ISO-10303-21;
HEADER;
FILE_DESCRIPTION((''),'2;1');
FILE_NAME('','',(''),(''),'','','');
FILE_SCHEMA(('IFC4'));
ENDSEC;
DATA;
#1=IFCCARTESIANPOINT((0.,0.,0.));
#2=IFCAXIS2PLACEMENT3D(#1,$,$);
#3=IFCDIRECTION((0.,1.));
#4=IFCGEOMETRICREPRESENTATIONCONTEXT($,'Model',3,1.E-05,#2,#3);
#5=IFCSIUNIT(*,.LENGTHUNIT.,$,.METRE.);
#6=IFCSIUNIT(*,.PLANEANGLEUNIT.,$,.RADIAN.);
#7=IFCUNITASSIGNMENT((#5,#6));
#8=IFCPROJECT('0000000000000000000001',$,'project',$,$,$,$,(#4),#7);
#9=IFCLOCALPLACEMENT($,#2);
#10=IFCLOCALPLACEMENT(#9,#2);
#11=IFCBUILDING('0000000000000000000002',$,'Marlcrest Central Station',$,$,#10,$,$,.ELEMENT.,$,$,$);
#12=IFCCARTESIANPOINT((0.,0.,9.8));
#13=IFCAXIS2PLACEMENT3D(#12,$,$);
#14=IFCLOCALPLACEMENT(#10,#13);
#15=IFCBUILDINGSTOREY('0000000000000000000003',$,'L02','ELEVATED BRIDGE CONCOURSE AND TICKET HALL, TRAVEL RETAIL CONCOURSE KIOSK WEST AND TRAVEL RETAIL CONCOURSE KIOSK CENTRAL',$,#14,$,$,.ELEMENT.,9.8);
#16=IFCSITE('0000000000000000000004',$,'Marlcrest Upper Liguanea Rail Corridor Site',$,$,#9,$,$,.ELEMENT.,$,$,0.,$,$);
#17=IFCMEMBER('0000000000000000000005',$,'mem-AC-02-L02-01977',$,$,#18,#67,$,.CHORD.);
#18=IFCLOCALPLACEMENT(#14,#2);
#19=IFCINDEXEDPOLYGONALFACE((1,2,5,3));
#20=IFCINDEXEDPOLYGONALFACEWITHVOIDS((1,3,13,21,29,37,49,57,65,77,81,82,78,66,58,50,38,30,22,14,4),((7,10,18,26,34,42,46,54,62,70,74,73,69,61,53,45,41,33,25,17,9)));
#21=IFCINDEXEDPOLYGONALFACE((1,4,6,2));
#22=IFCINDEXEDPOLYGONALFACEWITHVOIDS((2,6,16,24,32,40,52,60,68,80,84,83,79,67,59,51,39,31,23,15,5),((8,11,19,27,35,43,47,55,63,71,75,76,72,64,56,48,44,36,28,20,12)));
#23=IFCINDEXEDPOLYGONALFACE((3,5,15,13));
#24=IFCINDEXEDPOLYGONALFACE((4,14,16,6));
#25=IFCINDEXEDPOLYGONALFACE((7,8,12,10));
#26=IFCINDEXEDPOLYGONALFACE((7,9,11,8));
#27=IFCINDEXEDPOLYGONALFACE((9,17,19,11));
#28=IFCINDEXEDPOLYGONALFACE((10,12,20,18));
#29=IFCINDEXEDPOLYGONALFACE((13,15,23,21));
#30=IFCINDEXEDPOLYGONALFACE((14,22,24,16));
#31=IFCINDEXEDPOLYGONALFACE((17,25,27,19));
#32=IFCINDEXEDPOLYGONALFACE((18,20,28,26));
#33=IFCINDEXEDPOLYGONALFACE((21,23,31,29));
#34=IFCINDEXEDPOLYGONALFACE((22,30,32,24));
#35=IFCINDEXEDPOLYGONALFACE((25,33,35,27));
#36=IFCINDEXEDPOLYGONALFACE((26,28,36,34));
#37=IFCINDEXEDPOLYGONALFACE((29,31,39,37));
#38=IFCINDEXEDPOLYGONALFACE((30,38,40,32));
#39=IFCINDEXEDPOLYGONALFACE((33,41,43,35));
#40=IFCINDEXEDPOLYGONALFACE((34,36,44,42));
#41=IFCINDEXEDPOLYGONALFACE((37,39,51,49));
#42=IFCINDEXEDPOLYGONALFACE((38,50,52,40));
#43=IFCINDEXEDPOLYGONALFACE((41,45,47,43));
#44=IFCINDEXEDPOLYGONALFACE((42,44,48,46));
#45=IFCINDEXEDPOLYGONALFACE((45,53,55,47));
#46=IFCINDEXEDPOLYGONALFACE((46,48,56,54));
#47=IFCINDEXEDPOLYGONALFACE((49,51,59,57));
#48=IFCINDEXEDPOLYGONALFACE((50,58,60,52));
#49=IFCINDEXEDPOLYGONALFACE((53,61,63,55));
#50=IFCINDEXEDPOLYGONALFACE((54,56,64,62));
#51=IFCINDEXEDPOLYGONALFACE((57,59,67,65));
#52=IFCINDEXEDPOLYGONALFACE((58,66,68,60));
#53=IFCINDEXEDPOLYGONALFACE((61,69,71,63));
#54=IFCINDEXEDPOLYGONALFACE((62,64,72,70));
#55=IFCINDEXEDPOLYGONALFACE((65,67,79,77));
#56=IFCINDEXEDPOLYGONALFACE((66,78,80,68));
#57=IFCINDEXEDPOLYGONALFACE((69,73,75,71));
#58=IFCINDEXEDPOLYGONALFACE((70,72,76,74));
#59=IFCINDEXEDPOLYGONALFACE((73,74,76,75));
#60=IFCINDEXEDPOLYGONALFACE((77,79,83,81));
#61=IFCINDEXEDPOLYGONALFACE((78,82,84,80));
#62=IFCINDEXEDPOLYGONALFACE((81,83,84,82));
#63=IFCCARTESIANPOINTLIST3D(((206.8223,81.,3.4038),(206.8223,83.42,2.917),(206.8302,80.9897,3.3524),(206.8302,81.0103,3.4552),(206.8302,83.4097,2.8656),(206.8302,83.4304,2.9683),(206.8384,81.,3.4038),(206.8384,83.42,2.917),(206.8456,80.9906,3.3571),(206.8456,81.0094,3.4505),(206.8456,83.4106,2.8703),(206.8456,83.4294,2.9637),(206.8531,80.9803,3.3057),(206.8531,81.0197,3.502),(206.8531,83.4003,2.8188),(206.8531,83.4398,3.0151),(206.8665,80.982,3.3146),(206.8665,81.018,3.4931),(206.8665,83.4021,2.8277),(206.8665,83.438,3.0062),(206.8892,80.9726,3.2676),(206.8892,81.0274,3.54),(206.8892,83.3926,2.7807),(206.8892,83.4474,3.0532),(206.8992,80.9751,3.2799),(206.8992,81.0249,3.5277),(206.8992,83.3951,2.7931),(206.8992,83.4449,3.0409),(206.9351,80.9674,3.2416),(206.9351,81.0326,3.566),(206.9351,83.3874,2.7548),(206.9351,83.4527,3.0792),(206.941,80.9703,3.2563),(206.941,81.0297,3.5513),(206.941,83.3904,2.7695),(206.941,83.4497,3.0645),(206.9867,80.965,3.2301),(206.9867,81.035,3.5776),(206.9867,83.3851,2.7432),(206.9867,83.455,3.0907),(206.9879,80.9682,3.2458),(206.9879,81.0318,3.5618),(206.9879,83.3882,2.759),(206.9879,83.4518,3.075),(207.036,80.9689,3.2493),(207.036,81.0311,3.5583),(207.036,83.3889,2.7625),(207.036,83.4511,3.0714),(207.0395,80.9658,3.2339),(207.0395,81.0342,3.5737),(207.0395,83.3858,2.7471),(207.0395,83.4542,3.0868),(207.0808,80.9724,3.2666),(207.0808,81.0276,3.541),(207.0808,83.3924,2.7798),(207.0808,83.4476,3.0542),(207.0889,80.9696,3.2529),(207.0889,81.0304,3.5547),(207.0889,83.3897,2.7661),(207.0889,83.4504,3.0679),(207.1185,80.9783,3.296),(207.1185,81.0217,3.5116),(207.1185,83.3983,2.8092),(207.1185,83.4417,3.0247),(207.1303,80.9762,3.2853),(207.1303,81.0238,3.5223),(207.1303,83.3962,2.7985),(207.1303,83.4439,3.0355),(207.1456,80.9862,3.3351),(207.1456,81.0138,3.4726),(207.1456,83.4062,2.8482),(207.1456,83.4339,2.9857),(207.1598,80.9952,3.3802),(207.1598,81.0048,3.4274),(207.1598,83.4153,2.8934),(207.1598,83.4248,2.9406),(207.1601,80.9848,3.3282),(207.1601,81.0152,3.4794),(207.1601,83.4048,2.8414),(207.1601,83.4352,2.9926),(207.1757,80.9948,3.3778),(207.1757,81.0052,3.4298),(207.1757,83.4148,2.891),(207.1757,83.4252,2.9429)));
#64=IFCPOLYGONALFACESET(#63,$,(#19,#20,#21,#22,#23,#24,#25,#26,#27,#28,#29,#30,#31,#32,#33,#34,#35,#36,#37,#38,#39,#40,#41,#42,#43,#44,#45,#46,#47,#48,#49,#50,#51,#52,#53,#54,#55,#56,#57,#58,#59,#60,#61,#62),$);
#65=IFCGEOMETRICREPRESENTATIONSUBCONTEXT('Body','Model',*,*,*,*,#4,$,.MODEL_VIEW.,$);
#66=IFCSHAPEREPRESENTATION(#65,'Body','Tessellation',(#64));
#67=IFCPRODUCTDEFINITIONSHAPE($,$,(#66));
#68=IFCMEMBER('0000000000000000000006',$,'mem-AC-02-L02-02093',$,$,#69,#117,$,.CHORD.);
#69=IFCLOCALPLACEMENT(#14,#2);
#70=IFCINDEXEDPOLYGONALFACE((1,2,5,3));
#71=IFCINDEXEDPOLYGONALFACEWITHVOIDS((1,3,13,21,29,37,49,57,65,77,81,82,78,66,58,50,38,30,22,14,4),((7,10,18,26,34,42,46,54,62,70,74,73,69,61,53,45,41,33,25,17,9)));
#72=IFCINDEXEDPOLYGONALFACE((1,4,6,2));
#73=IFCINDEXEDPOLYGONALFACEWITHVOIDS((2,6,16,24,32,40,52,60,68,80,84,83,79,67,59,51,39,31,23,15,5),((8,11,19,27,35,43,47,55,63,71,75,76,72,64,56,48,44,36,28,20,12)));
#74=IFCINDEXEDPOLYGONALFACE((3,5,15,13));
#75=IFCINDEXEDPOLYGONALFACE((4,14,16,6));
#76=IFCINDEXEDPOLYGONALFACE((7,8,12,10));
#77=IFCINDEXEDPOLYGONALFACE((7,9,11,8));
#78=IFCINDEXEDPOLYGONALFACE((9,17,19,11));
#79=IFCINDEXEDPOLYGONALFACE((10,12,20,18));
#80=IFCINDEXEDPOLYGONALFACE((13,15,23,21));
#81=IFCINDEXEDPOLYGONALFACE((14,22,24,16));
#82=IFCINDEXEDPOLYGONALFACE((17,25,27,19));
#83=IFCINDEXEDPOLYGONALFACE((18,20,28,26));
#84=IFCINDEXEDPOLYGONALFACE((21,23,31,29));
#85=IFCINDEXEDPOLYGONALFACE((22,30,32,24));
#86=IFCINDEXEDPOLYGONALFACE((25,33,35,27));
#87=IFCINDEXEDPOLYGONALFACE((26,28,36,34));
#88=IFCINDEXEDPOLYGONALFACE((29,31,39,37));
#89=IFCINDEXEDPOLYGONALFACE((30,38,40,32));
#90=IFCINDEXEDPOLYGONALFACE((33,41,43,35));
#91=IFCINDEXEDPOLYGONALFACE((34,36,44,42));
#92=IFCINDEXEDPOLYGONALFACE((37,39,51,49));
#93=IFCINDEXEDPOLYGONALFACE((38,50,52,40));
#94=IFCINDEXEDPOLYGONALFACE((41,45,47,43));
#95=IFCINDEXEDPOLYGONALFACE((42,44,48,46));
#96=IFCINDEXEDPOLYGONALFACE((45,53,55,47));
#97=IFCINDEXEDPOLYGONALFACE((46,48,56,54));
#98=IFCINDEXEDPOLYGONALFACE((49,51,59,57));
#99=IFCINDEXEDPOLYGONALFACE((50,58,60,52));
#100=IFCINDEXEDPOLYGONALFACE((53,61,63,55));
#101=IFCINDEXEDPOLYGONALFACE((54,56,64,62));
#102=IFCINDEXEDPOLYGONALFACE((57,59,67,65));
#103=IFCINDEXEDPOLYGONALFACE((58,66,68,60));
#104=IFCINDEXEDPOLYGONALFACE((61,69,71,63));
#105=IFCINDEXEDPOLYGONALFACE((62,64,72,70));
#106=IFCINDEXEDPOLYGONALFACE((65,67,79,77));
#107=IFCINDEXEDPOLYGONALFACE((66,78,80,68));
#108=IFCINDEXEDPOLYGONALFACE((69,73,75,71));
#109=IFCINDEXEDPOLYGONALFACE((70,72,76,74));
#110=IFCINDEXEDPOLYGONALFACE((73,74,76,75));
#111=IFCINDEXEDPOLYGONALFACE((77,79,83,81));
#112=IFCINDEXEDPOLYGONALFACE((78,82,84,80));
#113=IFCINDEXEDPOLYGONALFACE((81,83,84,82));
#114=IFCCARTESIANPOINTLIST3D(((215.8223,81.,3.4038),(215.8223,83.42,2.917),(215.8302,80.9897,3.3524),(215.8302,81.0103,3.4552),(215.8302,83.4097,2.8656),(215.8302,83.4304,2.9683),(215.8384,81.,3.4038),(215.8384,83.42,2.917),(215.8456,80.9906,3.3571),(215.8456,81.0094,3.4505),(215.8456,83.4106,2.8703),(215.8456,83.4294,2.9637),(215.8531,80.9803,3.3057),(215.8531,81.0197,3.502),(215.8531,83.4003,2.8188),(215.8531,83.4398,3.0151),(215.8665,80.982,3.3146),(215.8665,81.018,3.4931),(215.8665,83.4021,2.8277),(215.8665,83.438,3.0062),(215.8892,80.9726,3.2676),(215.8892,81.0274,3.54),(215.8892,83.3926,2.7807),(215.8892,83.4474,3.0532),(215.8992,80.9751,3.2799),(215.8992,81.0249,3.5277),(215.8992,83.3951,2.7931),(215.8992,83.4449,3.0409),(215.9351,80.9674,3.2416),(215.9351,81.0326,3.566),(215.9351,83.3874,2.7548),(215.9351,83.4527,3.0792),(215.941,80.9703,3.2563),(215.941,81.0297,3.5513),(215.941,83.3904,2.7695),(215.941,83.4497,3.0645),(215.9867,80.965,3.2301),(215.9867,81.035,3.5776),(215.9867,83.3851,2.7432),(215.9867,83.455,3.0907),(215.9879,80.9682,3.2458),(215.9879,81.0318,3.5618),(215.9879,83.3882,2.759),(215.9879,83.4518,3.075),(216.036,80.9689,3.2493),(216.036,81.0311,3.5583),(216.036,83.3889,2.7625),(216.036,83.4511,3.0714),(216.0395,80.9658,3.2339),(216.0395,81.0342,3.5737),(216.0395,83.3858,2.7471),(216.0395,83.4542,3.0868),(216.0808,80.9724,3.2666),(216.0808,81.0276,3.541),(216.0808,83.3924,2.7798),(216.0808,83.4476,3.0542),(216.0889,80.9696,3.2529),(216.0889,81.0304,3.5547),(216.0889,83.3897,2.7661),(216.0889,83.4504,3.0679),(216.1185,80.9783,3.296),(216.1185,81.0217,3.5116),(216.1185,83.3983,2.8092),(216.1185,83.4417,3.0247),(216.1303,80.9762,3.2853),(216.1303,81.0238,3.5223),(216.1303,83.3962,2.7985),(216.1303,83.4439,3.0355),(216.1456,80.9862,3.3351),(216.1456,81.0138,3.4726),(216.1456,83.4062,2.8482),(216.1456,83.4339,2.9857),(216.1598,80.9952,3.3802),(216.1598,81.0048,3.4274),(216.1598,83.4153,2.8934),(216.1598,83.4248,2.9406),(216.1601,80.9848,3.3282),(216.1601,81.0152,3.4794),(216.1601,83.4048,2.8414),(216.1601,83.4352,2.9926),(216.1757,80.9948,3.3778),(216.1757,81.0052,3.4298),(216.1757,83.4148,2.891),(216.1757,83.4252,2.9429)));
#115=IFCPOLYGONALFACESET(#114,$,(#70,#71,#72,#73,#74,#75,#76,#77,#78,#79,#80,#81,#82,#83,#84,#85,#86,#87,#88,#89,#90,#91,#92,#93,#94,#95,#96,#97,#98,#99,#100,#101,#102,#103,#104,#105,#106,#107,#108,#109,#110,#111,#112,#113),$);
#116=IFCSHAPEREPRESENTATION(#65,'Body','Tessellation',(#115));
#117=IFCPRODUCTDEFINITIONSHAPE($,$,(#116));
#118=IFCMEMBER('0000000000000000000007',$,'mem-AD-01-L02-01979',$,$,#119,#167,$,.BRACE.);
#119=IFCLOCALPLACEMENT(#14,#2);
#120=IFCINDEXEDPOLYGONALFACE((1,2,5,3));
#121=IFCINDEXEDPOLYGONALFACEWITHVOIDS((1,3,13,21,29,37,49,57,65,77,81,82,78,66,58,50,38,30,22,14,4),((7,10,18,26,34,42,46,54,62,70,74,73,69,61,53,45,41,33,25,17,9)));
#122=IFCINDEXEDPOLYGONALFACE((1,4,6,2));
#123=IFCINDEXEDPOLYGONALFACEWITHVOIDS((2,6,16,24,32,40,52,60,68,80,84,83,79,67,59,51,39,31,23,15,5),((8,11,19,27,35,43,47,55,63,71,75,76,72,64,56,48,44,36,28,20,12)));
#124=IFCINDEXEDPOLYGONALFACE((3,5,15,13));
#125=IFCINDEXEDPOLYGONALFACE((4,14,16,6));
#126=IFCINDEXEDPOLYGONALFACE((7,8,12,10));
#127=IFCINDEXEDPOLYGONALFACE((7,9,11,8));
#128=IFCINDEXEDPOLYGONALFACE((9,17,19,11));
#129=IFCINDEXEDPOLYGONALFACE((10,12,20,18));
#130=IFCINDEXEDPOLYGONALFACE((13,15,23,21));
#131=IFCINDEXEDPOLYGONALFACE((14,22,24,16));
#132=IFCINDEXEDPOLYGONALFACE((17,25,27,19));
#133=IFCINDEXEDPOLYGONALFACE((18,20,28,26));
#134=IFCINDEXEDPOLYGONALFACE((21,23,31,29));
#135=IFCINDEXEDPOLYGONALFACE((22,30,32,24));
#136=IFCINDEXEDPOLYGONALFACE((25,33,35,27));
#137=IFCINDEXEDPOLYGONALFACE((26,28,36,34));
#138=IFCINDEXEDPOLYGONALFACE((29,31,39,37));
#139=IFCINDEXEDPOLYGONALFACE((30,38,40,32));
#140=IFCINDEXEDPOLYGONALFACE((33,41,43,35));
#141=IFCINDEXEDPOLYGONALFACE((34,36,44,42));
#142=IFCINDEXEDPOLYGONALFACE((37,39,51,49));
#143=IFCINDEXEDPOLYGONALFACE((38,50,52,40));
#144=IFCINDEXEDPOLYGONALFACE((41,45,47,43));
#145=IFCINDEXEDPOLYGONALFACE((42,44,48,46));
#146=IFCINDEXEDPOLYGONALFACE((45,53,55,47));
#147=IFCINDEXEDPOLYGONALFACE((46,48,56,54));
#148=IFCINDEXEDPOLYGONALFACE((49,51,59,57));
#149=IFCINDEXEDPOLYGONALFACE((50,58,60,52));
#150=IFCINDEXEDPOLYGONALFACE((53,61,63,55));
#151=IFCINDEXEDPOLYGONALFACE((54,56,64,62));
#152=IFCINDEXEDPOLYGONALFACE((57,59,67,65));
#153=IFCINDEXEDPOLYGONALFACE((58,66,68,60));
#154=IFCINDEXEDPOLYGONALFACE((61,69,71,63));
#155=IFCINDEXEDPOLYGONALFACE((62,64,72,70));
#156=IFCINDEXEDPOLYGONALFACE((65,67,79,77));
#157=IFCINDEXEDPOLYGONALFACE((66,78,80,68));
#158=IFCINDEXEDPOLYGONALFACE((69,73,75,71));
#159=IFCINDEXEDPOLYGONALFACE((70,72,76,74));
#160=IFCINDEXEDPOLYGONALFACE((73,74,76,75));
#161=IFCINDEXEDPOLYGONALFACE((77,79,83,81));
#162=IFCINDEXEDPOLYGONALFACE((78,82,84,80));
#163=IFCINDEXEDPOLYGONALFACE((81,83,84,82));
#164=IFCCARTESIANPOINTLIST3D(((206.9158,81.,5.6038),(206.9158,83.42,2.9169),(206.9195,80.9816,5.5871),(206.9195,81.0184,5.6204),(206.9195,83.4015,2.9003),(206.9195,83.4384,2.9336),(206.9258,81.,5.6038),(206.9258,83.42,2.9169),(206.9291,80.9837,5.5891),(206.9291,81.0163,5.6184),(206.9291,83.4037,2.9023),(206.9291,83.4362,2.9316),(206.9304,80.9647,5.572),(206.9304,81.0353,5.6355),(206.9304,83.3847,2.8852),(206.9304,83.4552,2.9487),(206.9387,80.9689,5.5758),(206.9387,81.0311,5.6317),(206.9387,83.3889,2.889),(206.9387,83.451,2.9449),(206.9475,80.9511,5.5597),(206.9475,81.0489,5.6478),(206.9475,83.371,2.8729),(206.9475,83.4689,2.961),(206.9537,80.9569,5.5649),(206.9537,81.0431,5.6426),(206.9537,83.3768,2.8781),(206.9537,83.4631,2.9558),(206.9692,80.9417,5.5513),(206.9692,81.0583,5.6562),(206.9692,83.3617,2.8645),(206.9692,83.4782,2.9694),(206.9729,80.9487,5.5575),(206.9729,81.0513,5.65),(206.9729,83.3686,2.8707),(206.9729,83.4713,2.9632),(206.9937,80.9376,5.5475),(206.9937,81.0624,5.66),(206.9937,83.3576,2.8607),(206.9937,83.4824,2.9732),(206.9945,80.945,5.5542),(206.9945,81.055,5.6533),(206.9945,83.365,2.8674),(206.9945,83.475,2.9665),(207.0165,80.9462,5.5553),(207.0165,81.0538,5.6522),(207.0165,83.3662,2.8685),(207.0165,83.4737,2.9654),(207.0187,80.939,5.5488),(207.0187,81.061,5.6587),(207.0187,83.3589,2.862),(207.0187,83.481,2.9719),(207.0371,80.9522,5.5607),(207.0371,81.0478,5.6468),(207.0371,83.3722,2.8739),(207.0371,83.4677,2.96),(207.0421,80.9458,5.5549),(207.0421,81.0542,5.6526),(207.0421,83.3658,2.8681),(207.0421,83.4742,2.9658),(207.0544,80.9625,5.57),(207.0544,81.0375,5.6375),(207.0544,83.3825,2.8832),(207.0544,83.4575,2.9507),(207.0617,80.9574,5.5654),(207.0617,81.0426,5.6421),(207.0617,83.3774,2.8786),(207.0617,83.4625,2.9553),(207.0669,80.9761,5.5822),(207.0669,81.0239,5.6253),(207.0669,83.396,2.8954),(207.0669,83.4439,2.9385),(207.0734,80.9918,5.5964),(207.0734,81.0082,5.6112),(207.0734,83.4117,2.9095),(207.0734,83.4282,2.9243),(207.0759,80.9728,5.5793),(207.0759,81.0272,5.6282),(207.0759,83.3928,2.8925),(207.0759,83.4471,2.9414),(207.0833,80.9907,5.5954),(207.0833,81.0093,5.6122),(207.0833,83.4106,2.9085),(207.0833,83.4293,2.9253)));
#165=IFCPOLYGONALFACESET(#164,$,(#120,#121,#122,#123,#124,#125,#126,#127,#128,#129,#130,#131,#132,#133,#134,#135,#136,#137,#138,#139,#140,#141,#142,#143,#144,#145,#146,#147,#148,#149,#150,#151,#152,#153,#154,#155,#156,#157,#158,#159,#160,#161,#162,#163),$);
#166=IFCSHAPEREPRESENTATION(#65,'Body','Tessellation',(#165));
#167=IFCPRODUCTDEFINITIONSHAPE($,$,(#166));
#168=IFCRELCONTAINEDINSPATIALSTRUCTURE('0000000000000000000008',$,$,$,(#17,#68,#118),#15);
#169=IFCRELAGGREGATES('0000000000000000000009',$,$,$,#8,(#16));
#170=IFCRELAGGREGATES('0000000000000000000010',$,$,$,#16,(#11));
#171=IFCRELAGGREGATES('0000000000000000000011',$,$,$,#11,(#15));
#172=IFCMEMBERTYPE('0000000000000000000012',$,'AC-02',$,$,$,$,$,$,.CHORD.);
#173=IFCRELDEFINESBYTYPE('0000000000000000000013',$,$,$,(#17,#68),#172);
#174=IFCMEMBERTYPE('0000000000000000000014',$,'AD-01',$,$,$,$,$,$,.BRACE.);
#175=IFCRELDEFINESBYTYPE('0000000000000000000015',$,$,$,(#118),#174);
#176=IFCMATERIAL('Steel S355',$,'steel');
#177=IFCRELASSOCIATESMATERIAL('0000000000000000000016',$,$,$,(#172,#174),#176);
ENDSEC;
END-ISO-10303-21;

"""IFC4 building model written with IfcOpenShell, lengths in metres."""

from ifc_helpers import new_model, si_unit, direction, frame, origin, origin_2d, place, context, subcontext, project, spatial, hollow_circle, extrude, material, material_profile, profile_set, type_object, element, save


model = new_model("IFC4")

# Units and contexts
model_context = context("Model", 3, precision=1e-05, world=origin(), true_north=direction((0.0, 1.0)))
body_context = subcontext(model_context, "Body", "Model", "MODEL_VIEW")
ifc_project = project(units=[si_unit("LENGTHUNIT", "METRE"), si_unit("PLANEANGLEUNIT", "RADIAN")], contexts=[model_context])

# Site, building, storey
site_placement = place(None, origin())
site = spatial("IfcSite", under=ifc_project, at=site_placement, Name="Marlcrest Upper Liguanea Rail Corridor Site", CompositionType="ELEMENT", RefElevation=0.0)
building_placement = place(site_placement, origin())
building = spatial("IfcBuilding", under=site, at=building_placement, Name="Marlcrest Central Station", CompositionType="ELEMENT")
storey_placement = place(building_placement, frame((0.0, 0.0, 9.8)))
storey = spatial("IfcBuildingStorey", under=building, at=storey_placement, Name="L02", Description="ELEVATED BRIDGE CONCOURSE AND TICKET HALL, TRAVEL RETAIL CONCOURSE KIOSK WEST AND TRAVEL RETAIL CONCOURSE KIOSK CENTRAL", CompositionType="ELEMENT", Elevation=9.8)

# Members
ifc_material_1 = material(Name="Steel S355", Category="steel")
ifc_material_profile_1 = material_profile(ifc_material_1, hollow_circle(Radius=0.1777, WallThickness=0.0161, at=origin_2d()), Name="CHS 355.6x16")
ifc_profile_set_1 = profile_set([ifc_material_profile_1], Name="Steel S355")
member_type_1 = type_object("IfcMemberType", Name="AC-02", PredefinedType="CHORD", material=ifc_profile_set_1)
for number, where, z_axis, x_axis, name in (
    (1, (207.0, 81.0, 3.4038), (0.0, 0.980359, -0.197219), (-1.0, 0.0, 0.0), "mem-AC-02-L02-01977"),
    (2, (216.0, 81.0, 3.4038), (0.0, 0.980359, -0.197219), (-1.0, 0.0, 0.0), "mem-AC-02-L02-02093"),
):
    element("IfcMember", number, at=place(storey_placement, frame(where, z_axis=z_axis, x_axis=x_axis)), inside=storey, type_object=member_type_1, Name=name, PredefinedType="CHORD", context=body_context, shape_type="SweptSolid", body=[
        extrude(hollow_circle(Radius=0.1777, WallThickness=0.0161, at=origin_2d()), origin(), (0.0, 0.0, 1.0), 2.4685),
    ])
ifc_material_profile_2 = material_profile(ifc_material_1, hollow_circle(Radius=0.0842, WallThickness=0.01, at=origin_2d()), Name="CHS 168.3x10")
ifc_profile_set_2 = profile_set([ifc_material_profile_2], Name="Steel S355")
member_type_2 = type_object("IfcMemberType", Name="AD-01", PredefinedType="BRACE", material=ifc_profile_set_2)
for number, where, z_axis, x_axis, name in (
    (3, (207.0, 81.0, 5.6038), (0.0, 0.669244, -0.743042), (-1.0, 0.0, 0.0), "mem-AD-01-L02-01979"),
):
    element("IfcMember", number, at=place(storey_placement, frame(where, z_axis=z_axis, x_axis=x_axis)), inside=storey, type_object=member_type_2, Name=name, PredefinedType="BRACE", context=body_context, shape_type="SweptSolid", body=[
        extrude(hollow_circle(Radius=0.0842, WallThickness=0.01, at=origin_2d()), origin(), (0.0, 0.0, 1.0), 3.616),
    ])

save(model, "model.ifc")
